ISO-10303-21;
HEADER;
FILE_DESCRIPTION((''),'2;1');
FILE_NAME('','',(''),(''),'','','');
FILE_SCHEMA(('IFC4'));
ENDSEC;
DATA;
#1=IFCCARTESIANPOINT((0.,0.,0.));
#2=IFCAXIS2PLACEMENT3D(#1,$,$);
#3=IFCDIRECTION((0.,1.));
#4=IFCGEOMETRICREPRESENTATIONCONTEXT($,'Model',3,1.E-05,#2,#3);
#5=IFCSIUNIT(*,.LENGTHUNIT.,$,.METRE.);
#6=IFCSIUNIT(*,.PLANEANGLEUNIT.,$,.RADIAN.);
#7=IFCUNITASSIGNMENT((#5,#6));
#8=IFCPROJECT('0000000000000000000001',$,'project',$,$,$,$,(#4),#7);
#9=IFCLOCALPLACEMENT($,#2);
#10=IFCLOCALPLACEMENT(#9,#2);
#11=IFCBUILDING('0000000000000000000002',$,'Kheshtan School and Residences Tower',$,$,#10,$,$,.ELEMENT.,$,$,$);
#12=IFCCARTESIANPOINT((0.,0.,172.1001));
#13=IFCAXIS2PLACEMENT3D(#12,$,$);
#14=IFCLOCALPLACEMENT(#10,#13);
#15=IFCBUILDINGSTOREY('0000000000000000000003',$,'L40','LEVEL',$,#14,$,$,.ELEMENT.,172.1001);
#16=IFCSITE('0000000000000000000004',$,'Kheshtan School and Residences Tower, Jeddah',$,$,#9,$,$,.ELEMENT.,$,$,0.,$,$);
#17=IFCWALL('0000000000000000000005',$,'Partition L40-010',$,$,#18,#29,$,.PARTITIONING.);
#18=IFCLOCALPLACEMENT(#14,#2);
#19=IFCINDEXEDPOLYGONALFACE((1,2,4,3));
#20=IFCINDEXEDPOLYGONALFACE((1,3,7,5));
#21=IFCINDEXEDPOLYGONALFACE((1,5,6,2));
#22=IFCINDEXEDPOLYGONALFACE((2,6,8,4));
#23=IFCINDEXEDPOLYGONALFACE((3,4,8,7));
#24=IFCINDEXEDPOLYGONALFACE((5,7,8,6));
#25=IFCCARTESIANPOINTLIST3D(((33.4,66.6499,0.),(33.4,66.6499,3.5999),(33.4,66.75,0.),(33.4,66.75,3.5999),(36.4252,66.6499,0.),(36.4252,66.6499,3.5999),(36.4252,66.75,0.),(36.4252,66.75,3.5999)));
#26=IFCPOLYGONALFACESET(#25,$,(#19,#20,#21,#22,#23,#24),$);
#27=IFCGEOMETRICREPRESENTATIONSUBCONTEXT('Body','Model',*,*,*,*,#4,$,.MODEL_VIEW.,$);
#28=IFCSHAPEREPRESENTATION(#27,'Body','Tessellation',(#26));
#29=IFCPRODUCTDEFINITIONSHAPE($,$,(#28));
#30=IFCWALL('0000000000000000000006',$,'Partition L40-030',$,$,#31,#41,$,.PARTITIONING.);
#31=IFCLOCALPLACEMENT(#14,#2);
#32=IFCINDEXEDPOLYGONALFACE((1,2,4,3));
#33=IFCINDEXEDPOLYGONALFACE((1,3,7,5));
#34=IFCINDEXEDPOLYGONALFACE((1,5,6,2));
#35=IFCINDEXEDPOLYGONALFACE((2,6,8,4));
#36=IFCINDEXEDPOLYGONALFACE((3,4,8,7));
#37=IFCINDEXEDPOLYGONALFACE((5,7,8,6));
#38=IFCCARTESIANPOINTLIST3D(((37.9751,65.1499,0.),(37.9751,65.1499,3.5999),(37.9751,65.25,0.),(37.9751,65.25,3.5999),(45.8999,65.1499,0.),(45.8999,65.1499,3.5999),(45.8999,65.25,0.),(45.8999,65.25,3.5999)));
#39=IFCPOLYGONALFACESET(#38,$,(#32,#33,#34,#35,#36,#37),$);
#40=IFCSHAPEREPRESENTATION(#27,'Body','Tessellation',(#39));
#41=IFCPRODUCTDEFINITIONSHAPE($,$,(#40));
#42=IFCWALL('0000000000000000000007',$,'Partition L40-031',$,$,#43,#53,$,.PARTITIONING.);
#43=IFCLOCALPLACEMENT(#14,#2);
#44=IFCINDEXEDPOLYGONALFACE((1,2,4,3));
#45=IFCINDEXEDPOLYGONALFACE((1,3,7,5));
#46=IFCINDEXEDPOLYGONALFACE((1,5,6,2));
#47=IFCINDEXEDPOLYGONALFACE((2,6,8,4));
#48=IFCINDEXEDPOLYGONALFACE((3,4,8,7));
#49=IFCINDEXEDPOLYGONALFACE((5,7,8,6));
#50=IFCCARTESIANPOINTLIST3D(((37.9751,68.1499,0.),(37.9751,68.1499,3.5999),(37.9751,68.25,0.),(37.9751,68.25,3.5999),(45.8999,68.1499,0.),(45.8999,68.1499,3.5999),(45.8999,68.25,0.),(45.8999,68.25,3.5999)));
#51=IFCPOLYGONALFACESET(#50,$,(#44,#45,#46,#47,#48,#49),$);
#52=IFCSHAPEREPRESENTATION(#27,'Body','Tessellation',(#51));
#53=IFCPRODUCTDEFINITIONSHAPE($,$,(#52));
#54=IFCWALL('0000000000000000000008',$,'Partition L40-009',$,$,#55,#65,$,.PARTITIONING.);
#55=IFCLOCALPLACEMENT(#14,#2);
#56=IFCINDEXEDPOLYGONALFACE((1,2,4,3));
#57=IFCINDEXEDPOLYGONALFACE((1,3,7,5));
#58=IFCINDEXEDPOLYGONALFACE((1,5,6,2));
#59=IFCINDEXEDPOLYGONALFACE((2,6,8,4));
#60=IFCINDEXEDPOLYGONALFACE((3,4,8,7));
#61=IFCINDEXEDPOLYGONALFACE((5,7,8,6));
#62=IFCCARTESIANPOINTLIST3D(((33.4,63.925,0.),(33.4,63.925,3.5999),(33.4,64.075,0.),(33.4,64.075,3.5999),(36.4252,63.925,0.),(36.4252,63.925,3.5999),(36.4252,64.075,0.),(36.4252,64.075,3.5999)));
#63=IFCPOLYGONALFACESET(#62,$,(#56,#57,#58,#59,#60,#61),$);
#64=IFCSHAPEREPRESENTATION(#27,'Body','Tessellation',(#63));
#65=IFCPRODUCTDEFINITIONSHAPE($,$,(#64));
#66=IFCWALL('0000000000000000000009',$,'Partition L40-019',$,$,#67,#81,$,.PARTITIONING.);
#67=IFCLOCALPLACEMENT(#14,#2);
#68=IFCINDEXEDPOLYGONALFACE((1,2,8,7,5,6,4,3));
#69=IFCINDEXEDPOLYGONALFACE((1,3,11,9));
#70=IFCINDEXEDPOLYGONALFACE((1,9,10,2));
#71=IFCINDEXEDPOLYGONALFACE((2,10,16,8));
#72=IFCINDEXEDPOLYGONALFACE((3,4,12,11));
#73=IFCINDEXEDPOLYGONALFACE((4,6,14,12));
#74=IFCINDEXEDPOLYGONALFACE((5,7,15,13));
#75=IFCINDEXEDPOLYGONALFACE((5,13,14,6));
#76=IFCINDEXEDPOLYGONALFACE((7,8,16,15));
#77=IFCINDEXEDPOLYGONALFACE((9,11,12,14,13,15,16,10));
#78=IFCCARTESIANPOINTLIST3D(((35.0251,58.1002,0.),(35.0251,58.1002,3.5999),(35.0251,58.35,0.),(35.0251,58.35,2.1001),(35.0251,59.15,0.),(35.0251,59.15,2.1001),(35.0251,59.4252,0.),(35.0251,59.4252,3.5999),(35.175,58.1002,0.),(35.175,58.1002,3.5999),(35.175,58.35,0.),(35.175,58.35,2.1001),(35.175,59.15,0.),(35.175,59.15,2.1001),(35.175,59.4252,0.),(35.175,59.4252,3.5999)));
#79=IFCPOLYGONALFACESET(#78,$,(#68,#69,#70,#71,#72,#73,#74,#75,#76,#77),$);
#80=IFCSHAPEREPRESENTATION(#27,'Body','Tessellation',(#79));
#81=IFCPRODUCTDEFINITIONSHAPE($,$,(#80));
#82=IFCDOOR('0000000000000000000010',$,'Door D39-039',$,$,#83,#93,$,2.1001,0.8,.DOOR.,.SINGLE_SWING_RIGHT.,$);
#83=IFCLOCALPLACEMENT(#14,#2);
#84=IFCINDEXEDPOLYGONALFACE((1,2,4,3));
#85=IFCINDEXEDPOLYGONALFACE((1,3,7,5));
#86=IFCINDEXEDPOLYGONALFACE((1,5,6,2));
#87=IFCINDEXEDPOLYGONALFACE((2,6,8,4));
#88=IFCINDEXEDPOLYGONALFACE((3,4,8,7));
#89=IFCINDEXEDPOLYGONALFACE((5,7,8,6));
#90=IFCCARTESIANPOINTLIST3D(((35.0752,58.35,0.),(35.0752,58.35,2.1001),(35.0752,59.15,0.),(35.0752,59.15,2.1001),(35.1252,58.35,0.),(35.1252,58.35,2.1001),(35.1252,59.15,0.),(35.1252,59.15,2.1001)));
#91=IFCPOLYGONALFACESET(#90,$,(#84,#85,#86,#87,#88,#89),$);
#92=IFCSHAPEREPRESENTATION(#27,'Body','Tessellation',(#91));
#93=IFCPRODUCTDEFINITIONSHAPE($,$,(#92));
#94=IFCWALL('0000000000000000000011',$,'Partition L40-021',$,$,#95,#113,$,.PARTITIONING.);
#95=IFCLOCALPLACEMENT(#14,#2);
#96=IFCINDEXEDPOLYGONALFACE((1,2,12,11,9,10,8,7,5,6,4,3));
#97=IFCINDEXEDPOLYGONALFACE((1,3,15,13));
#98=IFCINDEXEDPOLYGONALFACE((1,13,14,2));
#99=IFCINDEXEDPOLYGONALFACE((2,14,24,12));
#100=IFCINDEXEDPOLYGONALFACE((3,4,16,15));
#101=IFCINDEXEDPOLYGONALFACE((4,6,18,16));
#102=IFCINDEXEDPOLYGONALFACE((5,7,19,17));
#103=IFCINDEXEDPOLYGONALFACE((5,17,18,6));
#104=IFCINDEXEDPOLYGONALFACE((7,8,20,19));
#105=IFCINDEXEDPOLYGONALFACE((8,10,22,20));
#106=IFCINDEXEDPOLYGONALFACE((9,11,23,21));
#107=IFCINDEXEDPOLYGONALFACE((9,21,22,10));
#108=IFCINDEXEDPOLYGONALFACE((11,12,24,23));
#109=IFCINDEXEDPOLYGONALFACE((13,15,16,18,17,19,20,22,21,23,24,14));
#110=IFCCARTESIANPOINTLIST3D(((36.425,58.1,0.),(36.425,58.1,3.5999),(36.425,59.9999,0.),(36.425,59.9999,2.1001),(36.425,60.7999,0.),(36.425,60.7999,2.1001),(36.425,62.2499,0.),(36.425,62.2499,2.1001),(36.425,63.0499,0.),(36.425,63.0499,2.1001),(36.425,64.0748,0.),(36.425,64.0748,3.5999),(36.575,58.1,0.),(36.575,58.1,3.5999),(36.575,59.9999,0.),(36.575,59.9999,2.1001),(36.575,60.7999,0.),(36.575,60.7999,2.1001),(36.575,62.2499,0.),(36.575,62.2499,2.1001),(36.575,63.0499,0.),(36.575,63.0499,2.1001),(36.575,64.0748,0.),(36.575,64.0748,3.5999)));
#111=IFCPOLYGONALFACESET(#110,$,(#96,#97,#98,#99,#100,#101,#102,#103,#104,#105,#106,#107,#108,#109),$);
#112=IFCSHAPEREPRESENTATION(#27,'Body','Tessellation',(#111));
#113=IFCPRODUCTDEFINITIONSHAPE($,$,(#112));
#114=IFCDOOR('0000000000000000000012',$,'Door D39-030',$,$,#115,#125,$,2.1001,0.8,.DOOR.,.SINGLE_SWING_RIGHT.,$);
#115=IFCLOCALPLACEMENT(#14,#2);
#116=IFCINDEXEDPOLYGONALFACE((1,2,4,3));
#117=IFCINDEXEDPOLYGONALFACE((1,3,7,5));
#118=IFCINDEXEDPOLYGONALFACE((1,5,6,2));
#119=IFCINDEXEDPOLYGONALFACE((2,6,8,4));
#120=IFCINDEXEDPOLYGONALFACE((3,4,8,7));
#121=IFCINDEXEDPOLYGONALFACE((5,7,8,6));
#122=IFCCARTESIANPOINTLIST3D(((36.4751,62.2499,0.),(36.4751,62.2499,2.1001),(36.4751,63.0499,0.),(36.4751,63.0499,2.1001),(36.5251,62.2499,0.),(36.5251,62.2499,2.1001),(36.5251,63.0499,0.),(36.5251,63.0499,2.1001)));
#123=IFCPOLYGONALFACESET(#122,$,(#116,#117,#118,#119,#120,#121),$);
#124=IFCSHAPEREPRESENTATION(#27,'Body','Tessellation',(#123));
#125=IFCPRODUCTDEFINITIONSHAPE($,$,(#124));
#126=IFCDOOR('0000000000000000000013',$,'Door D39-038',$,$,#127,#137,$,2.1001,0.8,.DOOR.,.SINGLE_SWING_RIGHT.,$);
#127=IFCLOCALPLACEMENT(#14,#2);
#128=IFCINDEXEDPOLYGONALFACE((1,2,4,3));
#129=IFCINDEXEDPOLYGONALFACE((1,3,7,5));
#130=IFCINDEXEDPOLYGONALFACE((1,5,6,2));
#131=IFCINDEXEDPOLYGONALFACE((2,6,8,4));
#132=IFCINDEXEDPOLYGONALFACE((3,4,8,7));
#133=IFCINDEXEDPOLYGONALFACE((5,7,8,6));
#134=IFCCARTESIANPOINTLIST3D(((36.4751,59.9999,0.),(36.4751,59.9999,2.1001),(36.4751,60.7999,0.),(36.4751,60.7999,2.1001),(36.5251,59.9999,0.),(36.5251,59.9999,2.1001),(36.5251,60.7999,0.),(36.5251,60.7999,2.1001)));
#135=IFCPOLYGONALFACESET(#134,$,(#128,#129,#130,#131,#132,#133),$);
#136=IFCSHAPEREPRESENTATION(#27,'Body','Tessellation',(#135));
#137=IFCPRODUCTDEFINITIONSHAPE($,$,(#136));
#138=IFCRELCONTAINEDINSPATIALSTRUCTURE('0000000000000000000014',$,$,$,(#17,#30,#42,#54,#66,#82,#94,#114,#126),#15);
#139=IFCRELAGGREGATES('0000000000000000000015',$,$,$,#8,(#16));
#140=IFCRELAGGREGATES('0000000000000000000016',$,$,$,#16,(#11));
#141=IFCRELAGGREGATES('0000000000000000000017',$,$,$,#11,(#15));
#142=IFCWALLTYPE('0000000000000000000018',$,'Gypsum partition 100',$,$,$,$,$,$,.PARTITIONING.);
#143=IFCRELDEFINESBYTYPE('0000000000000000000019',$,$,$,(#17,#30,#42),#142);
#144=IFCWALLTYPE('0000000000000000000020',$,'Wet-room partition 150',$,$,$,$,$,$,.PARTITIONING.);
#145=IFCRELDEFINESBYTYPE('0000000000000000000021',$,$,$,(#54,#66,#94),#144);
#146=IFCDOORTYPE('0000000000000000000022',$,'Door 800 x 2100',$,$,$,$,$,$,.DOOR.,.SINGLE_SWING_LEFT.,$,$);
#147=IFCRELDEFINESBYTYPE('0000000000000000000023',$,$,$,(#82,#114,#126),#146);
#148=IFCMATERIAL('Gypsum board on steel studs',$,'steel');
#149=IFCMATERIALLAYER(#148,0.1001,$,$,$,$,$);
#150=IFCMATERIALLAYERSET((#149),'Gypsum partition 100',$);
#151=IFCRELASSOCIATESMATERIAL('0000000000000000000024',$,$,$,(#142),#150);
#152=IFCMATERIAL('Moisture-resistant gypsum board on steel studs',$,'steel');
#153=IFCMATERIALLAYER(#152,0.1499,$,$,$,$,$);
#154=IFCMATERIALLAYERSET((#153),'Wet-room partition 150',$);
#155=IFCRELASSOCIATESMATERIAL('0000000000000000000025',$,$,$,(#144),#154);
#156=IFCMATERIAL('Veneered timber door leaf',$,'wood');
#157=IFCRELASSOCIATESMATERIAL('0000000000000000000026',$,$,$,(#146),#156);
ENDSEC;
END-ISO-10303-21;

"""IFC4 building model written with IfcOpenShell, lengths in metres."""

from ifc_helpers import new_model, si_unit, direction, frame, frame_2d, origin, place, context, subcontext, project, spatial, rectangle, extrude, source, transform, mapped, material, layer, layer_set, type_object, element, fill, save


model = new_model("IFC4")

# Units and contexts
model_context = context("Model", 3, precision=1e-05, world=origin(), true_north=direction((0.0, 1.0)))
body_context = subcontext(model_context, "Body", "Model", "MODEL_VIEW")
ifc_project = project(units=[si_unit("LENGTHUNIT", "METRE"), si_unit("PLANEANGLEUNIT", "RADIAN")], contexts=[model_context])

# Site, building, storey
site_placement = place(None, origin())
site = spatial("IfcSite", under=ifc_project, at=site_placement, Name="Kheshtan School and Residences Tower, Jeddah", CompositionType="ELEMENT", RefElevation=0.0)
building_placement = place(site_placement, origin())
building = spatial("IfcBuilding", under=site, at=building_placement, Name="Kheshtan School and Residences Tower", CompositionType="ELEMENT")
storey_placement = place(building_placement, frame((0.0, 0.0, 172.1001)))
storey = spatial("IfcBuildingStorey", under=building, at=storey_placement, Name="L40", Description="LEVEL", CompositionType="ELEMENT", Elevation=172.1001)

# Walls
ifc_material_1 = material(Name="Gypsum board on steel studs", Category="steel")
ifc_layer_1 = layer(ifc_material_1, 0.1001)
ifc_layer_set_1 = layer_set([ifc_layer_1], Name="Gypsum partition 100")
wall_type_1 = type_object("IfcWallType", Name="Gypsum partition 100", PredefinedType="PARTITIONING", material=ifc_layer_set_1)
wall_1_placement = place(storey_placement, frame((33.3999, 66.7, 0.0), z_axis=(0.0, 0.0, 1.0), x_axis=(1.0, 0.0, 0.0)))
element("IfcWall", 1, at=wall_1_placement, inside=storey, type_object=wall_type_1, Name="Partition L40-010", PredefinedType="PARTITIONING", context=body_context, shape_type="SweptSolid", body=[
    extrude(rectangle(XDim=3.0251, YDim=0.1001, at=frame_2d((1.5127, 0.0))), origin(), (0.0, 0.0, 1.0), 3.5999),
])
for number, where, z_axis, x_axis, name in (
    (2, (37.9751, 65.2, 0.0), (0.0, 0.0, 1.0), (1.0, 0.0, 0.0), "Partition L40-030"),
    (3, (37.9751, 68.2, 0.0), (0.0, 0.0, 1.0), (1.0, 0.0, 0.0), "Partition L40-031"),
):
    element("IfcWall", number, at=place(storey_placement, frame(where, z_axis=z_axis, x_axis=x_axis)), inside=storey, type_object=wall_type_1, Name=name, PredefinedType="PARTITIONING", context=body_context, shape_type="SweptSolid", body=[
        extrude(rectangle(XDim=7.9248, YDim=0.1001, at=frame_2d((3.9624, 0.0))), origin(), (0.0, 0.0, 1.0), 3.5999),
    ])
ifc_material_2 = material(Name="Moisture-resistant gypsum board on steel studs", Category="steel")
ifc_layer_2 = layer(ifc_material_2, 0.1499)
ifc_layer_set_2 = layer_set([ifc_layer_2], Name="Wet-room partition 150")
wall_type_2 = type_object("IfcWallType", Name="Wet-room partition 150", PredefinedType="PARTITIONING", material=ifc_layer_set_2)
wall_2_placement = place(storey_placement, frame((33.3999, 64.0, 0.0), z_axis=(0.0, 0.0, 1.0), x_axis=(1.0, 0.0, 0.0)))
element("IfcWall", 4, at=wall_2_placement, inside=storey, type_object=wall_type_2, Name="Partition L40-009", PredefinedType="PARTITIONING", context=body_context, shape_type="SweptSolid", body=[
    extrude(rectangle(XDim=3.0251, YDim=0.1499, at=frame_2d((1.5127, 0.0))), origin(), (0.0, 0.0, 1.0), 3.5999),
])

# Wall, opening, door
wall_3_placement = place(storey_placement, frame((35.1001, 58.1001, 0.0), z_axis=(0.0, 0.0, 1.0), x_axis=(0.0, 1.0, 0.0)))
wall_3 = element("IfcWall", 5, at=wall_3_placement, inside=storey, type_object=wall_type_2, Name="Partition L40-019", PredefinedType="PARTITIONING", context=body_context, shape_type="SweptSolid", body=[
    extrude(rectangle(XDim=1.325, YDim=0.1499, at=frame_2d((0.6626, 0.0))), origin(), (0.0, 0.0, 1.0), 3.5999),
])
opening_1_placement = place(wall_3_placement, frame((0.25, 0.0, 0.0)))
opening_1 = element("IfcOpeningElement", 6, at=opening_1_placement, cuts=wall_3, PredefinedType="OPENING", context=body_context, shape_type="SweptSolid", body=[
    extrude(rectangle(XDim=0.8, YDim=2.1001, at=frame_2d((0.3999, 1.05))), frame((0.0, 0.085, 0.0), z_axis=(0.0, -1.0, 0.0), x_axis=(1.0, 0.0, 0.0)), (0.0, 0.0, 1.0), 0.1699),
])
ifc_material_3 = material(Name="Veneered timber door leaf", Category="wood")
door_type_1 = type_object("IfcDoorType", Name="Door 800 x 2100", OperationType="SINGLE_SWING_LEFT", PredefinedType="DOOR", material=ifc_material_3)
shared_shape_1 = source(origin(), body_context, "Body", "SweptSolid", [
    extrude(rectangle(XDim=0.8, YDim=2.1001, at=frame_2d((0.3999, 1.05))), frame((0.0, 0.0249, 0.0), z_axis=(0.0, -1.0, 0.0), x_axis=(1.0, 0.0, 0.0)), (0.0, 0.0, 1.0), 0.05),
])
door_1_placement = place(opening_1_placement, origin())
door_1 = element("IfcDoor", 7, at=door_1_placement, inside=storey, type_object=door_type_1, Name="Door D39-039", OperationType="SINGLE_SWING_RIGHT", OverallHeight=2.1001, OverallWidth=0.8, PredefinedType="DOOR", context=body_context, shape_type="MappedRepresentation", body=[
    mapped(shared_shape_1, transform((0.0, 0.0, 0.0), x_axis=(1.0, 0.0, 0.0), y_axis=(0.0, 1.0, 0.0), z_axis=(0.0, 0.0, 1.0), scale=1.0)),
])
fill(opening_1, door_1)

# Wall, openings, doors
wall_4_placement = place(storey_placement, frame((36.5, 58.1001, 0.0), z_axis=(0.0, 0.0, 1.0), x_axis=(0.0, 1.0, 0.0)))
wall_4 = element("IfcWall", 8, at=wall_4_placement, inside=storey, type_object=wall_type_2, Name="Partition L40-021", PredefinedType="PARTITIONING", context=body_context, shape_type="SweptSolid", body=[
    extrude(rectangle(XDim=5.9749, YDim=0.1499, at=frame_2d((2.9873, 0.0))), origin(), (0.0, 0.0, 1.0), 3.5999),
])
opening_2_placement = place(wall_4_placement, frame((4.1499, 0.0, 0.0)))
opening_2 = element("IfcOpeningElement", 9, at=opening_2_placement, cuts=wall_4, PredefinedType="OPENING", context=body_context, shape_type="SweptSolid", body=[
    extrude(rectangle(XDim=0.8, YDim=2.1001, at=frame_2d((0.3999, 1.05))), frame((0.0, 0.085, 0.0), z_axis=(0.0, -1.0, 0.0), x_axis=(1.0, 0.0, 0.0)), (0.0, 0.0, 1.0), 0.1699),
])
opening_3_placement = place(wall_4_placement, frame((1.8999, 0.0, 0.0)))
opening_3 = element("IfcOpeningElement", 10, at=opening_3_placement, cuts=wall_4, PredefinedType="OPENING", context=body_context, shape_type="SweptSolid", body=[
    extrude(rectangle(XDim=0.8, YDim=2.1001, at=frame_2d((0.3999, 1.05))), frame((0.0, 0.085, 0.0), z_axis=(0.0, -1.0, 0.0), x_axis=(1.0, 0.0, 0.0)), (0.0, 0.0, 1.0), 0.1699),
])
door_2_placement = place(opening_2_placement, origin())
door_2 = element("IfcDoor", 11, at=door_2_placement, inside=storey, type_object=door_type_1, Name="Door D39-030", OperationType="SINGLE_SWING_RIGHT", OverallHeight=2.1001, OverallWidth=0.8, PredefinedType="DOOR", context=body_context, shape_type="MappedRepresentation", body=[
    mapped(shared_shape_1, transform((0.0, 0.0, 0.0), x_axis=(1.0, 0.0, 0.0), y_axis=(0.0, 1.0, 0.0), z_axis=(0.0, 0.0, 1.0), scale=1.0)),
])
fill(opening_2, door_2)
door_3_placement = place(opening_3_placement, origin())
door_3 = element("IfcDoor", 12, at=door_3_placement, inside=storey, type_object=door_type_1, Name="Door D39-038", OperationType="SINGLE_SWING_RIGHT", OverallHeight=2.1001, OverallWidth=0.8, PredefinedType="DOOR", context=body_context, shape_type="MappedRepresentation", body=[
    mapped(shared_shape_1, transform((0.0, 0.0, 0.0), x_axis=(1.0, 0.0, 0.0), y_axis=(0.0, 1.0, 0.0), z_axis=(0.0, 0.0, 1.0), scale=1.0)),
])
fill(opening_3, door_3)

save(model, "model.ifc")
